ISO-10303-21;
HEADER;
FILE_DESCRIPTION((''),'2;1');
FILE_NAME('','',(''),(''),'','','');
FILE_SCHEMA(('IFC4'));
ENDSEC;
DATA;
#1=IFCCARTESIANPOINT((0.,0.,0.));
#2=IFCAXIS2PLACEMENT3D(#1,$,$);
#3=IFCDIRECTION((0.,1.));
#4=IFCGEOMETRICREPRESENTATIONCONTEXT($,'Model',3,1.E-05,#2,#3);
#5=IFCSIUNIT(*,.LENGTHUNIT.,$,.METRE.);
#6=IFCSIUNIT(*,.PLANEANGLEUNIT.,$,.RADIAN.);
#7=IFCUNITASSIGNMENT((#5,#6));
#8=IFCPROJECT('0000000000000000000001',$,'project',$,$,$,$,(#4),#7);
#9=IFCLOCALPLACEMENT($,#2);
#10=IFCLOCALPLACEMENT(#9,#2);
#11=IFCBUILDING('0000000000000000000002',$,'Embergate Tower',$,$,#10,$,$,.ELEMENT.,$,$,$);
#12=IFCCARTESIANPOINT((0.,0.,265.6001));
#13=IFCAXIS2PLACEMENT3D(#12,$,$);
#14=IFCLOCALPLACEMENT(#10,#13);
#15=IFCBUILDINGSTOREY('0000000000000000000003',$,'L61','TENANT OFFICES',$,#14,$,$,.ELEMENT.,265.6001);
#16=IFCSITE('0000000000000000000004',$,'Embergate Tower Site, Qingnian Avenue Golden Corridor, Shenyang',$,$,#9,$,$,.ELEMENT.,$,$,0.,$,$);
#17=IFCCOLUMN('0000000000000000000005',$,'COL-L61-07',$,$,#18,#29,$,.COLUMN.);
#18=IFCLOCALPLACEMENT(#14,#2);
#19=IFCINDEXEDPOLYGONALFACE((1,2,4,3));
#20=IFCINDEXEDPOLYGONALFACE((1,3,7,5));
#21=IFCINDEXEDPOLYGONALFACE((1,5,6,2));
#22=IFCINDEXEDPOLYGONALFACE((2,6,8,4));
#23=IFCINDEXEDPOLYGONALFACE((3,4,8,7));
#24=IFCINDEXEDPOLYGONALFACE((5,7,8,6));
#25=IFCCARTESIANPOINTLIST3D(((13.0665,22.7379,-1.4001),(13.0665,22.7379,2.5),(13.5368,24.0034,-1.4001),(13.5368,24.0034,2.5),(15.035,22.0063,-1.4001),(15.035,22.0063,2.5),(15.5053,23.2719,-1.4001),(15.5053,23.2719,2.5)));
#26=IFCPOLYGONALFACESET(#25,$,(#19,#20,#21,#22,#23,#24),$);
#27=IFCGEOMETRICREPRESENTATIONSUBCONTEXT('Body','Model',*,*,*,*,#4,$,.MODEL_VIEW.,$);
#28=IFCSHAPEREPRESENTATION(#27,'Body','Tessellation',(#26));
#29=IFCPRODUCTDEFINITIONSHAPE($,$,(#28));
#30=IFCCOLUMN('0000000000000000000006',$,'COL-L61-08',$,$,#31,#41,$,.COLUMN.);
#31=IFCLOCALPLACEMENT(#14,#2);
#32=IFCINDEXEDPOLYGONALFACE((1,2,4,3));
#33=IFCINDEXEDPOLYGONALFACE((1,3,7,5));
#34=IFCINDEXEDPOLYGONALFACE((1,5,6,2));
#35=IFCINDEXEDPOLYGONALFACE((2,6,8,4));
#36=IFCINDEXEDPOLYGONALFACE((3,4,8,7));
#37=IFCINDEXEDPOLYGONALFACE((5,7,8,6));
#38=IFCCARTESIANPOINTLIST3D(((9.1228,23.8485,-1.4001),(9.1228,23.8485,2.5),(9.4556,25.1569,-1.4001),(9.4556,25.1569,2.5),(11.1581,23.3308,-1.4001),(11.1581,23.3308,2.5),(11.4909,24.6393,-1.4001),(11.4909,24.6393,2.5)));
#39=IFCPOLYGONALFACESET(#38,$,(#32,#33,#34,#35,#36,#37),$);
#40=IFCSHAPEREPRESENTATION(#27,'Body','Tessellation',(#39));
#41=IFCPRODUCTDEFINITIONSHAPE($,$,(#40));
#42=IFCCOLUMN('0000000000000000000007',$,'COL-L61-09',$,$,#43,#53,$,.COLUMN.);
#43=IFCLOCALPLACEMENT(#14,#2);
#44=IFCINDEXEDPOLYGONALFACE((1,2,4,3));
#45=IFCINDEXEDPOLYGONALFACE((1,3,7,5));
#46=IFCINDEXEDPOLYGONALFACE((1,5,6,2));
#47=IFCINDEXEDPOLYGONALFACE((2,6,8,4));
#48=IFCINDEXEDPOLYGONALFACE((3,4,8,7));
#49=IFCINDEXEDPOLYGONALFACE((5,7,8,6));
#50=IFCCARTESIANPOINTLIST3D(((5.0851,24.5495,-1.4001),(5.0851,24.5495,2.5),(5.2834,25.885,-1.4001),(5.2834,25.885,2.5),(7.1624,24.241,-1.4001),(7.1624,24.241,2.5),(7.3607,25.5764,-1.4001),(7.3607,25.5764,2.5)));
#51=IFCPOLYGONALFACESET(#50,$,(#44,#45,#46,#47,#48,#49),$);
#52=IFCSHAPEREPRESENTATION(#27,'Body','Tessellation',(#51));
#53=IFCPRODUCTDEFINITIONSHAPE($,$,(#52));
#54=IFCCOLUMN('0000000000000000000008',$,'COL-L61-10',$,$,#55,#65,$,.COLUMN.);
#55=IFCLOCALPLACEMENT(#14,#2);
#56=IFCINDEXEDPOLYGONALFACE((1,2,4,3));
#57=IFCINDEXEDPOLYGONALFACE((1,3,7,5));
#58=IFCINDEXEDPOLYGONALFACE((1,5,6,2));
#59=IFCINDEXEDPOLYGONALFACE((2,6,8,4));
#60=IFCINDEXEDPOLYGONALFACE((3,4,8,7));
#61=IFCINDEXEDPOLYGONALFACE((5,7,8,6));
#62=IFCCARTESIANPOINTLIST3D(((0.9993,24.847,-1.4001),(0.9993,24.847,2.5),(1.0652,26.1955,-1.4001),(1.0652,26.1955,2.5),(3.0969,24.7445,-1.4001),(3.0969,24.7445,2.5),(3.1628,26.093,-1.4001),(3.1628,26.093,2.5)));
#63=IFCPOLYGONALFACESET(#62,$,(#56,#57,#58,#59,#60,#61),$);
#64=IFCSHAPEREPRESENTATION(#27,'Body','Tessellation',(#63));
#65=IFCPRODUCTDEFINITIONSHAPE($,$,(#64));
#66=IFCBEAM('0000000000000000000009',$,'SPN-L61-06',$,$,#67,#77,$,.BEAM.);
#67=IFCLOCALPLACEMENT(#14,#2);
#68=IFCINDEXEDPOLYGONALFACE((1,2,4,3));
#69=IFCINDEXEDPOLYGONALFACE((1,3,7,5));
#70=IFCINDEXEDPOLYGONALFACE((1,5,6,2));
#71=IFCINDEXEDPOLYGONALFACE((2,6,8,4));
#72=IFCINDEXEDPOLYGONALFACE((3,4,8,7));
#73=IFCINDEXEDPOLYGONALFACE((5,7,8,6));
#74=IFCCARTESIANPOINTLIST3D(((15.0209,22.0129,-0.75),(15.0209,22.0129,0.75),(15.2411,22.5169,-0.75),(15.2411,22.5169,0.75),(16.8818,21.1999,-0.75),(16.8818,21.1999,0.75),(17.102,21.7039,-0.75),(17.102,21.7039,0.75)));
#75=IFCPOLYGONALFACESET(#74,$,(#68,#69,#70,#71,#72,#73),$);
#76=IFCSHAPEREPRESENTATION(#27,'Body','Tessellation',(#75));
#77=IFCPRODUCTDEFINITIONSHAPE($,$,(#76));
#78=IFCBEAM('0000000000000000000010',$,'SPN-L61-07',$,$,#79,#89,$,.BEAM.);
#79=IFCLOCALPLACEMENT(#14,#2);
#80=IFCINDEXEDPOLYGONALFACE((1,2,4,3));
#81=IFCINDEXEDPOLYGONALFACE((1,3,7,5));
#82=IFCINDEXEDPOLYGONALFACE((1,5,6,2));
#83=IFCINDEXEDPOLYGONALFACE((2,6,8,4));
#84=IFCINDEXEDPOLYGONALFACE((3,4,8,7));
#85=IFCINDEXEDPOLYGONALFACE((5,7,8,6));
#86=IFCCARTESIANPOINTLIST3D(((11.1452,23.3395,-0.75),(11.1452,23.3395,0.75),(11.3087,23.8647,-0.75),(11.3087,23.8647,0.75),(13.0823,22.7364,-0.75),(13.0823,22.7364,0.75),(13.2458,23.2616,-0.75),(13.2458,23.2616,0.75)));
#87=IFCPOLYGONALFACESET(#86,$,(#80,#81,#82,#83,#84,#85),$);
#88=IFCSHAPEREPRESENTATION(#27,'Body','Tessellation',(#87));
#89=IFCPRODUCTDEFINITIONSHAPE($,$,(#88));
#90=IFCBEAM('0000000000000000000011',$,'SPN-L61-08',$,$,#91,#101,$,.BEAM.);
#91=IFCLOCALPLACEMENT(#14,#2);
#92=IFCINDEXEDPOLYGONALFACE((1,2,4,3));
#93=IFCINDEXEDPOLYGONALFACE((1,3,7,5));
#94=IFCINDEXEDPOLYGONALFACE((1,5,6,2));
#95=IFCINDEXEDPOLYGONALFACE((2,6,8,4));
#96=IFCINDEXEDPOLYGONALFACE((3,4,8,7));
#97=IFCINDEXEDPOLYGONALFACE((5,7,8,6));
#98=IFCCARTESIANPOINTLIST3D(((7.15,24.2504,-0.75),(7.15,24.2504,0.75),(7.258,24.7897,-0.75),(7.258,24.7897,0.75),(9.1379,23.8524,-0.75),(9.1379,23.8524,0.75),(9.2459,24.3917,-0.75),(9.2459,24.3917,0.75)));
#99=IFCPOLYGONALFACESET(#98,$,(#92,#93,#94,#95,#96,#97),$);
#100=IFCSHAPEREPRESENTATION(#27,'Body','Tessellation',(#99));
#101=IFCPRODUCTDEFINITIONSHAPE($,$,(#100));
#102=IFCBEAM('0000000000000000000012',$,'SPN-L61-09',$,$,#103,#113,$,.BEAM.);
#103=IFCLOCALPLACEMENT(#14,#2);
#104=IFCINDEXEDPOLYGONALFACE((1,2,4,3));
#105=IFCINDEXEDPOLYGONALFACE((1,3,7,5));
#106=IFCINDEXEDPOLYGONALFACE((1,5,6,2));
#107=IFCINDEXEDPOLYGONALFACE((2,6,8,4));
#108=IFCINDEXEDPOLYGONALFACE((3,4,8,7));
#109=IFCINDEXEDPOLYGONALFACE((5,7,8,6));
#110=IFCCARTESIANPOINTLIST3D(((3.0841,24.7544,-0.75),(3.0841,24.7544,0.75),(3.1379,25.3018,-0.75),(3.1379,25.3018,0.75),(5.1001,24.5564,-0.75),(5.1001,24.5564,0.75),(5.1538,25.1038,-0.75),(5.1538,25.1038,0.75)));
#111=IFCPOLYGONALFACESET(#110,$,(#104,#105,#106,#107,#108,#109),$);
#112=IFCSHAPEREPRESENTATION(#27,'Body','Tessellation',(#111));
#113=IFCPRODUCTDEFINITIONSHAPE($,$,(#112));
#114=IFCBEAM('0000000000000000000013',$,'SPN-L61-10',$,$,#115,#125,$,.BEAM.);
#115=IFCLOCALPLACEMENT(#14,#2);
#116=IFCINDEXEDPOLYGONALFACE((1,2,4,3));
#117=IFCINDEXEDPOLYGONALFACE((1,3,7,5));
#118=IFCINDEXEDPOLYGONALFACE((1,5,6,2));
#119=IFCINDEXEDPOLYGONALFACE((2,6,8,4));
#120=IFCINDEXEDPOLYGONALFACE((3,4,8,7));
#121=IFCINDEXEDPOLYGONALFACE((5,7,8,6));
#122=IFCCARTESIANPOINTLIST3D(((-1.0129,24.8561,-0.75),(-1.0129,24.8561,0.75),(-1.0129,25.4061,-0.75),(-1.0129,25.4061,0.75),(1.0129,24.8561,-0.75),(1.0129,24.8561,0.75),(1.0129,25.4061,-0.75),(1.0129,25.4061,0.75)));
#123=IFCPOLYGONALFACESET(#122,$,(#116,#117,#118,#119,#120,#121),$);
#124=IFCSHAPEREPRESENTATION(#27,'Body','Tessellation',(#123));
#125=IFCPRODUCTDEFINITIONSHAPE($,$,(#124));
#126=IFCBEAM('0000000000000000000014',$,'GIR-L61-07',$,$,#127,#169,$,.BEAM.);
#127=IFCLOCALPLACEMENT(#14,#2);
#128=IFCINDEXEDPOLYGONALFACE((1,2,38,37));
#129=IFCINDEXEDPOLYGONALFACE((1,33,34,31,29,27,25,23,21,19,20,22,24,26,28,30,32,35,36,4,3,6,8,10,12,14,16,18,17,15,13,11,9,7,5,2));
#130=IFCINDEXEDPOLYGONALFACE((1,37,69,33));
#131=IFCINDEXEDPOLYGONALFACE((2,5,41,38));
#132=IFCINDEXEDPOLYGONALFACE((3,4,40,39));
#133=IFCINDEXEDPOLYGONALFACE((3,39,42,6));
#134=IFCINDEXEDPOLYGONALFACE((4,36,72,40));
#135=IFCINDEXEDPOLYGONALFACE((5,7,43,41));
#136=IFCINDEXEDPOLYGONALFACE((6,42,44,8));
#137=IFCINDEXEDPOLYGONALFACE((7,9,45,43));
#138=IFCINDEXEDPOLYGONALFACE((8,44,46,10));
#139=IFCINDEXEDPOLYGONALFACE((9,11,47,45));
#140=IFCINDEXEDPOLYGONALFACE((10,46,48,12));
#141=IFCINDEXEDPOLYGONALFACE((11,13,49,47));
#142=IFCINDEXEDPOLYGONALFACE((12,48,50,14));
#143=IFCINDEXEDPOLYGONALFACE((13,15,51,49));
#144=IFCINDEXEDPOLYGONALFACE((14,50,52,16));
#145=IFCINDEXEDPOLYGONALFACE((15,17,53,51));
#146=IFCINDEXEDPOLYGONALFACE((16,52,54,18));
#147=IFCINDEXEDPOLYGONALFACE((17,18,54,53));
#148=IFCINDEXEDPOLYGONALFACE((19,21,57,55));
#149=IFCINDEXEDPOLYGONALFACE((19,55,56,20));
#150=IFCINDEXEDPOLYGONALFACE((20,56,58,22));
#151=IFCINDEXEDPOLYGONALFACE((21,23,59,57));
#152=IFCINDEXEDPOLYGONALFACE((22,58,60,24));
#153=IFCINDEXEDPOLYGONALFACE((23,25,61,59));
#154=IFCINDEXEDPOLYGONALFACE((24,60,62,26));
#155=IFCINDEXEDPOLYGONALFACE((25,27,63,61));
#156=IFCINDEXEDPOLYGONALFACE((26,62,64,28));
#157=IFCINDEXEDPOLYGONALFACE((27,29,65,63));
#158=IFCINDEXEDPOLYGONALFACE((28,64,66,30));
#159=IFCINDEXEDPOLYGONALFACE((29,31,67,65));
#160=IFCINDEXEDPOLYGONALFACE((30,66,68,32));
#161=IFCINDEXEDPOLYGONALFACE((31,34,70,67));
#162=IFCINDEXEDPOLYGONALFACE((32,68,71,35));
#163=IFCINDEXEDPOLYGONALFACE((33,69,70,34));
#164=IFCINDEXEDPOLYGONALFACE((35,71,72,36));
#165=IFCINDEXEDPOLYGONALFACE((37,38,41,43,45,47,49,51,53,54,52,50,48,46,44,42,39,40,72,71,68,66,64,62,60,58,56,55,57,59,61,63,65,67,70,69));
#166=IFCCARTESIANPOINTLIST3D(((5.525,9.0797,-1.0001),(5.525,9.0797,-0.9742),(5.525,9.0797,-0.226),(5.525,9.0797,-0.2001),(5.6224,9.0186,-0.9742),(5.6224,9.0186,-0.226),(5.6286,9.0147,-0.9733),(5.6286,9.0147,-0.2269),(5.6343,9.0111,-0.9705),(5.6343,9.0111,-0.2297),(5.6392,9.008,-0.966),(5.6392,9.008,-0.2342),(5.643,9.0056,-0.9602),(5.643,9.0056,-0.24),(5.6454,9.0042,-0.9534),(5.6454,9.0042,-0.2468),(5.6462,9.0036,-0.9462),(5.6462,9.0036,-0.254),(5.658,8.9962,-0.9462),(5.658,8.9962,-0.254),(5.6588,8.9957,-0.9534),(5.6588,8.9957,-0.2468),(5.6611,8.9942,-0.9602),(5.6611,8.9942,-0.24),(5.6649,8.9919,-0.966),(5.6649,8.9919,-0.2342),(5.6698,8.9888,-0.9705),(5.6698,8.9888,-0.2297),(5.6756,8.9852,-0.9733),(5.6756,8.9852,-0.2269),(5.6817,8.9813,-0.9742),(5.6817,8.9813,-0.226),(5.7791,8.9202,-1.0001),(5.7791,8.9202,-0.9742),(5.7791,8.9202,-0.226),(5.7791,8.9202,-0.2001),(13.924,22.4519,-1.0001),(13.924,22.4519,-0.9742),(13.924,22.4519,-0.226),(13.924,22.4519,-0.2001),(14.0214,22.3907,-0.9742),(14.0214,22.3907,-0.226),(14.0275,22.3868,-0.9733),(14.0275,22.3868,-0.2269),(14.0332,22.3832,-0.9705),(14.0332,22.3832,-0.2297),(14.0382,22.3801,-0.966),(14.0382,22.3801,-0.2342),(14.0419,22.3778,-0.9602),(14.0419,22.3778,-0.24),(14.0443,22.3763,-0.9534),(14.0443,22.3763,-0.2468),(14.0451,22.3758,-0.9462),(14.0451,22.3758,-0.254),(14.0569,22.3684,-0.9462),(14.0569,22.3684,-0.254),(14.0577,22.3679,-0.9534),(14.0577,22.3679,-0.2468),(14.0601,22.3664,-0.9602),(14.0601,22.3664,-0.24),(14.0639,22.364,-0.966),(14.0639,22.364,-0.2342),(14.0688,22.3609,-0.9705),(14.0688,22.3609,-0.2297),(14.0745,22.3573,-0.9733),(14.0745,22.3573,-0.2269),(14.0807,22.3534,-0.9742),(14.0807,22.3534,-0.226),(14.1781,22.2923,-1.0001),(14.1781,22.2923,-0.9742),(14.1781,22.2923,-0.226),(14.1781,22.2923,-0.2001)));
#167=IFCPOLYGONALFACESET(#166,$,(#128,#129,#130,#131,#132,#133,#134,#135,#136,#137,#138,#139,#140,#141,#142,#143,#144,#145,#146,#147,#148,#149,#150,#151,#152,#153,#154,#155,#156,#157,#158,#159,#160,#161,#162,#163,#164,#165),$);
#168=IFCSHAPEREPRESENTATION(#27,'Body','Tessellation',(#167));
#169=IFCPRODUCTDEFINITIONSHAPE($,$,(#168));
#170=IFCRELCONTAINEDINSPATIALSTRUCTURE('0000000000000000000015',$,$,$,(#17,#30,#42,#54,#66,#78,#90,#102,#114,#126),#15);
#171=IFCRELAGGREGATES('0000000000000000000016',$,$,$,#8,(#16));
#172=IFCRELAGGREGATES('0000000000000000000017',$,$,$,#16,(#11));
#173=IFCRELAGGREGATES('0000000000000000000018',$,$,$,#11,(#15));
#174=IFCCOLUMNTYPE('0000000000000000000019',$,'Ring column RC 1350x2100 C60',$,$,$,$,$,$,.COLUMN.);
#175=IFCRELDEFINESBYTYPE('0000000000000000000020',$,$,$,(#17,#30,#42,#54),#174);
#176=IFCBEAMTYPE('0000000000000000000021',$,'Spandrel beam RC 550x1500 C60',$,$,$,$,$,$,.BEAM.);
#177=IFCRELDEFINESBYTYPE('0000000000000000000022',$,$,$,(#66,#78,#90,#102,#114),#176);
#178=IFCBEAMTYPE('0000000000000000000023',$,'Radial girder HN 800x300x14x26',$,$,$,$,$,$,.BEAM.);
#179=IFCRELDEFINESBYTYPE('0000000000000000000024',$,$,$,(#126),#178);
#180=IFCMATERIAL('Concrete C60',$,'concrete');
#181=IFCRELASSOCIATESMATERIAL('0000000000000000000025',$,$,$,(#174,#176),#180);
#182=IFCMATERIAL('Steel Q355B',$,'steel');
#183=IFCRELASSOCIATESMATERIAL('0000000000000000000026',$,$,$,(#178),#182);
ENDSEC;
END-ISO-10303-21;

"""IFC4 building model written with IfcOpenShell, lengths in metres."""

from ifc_helpers import new_model, si_unit, direction, frame, origin, origin_2d, place, context, subcontext, project, spatial, rectangle, i_section, extrude, source, transform, mapped, material, material_profile, profile_set, type_object, element, save


model = new_model("IFC4")

# Units and contexts
model_context = context("Model", 3, precision=1e-05, world=origin(), true_north=direction((0.0, 1.0)))
body_context = subcontext(model_context, "Body", "Model", "MODEL_VIEW")
ifc_project = project(units=[si_unit("LENGTHUNIT", "METRE"), si_unit("PLANEANGLEUNIT", "RADIAN")], contexts=[model_context])

# Site, building, storey
site_placement = place(None, origin())
site = spatial("IfcSite", under=ifc_project, at=site_placement, Name="Embergate Tower Site, Qingnian Avenue Golden Corridor, Shenyang", CompositionType="ELEMENT", RefElevation=0.0)
building_placement = place(site_placement, origin())
building = spatial("IfcBuilding", under=site, at=building_placement, Name="Embergate Tower", CompositionType="ELEMENT")
storey_placement = place(building_placement, frame((0.0, 0.0, 265.6001)))
storey = spatial("IfcBuildingStorey", under=building, at=storey_placement, Name="L61", Description="TENANT OFFICES", CompositionType="ELEMENT", Elevation=265.6001)

# Columns
ifc_material_1 = material(Name="Concrete C60", Category="concrete")
ifc_material_profile_1 = material_profile(ifc_material_1, rectangle(XDim=1.3501, YDim=2.1001, at=origin_2d()), Name="RC 1350x2100")
ifc_profile_set_1 = profile_set([ifc_material_profile_1], Name="Concrete C60")
column_type = type_object("IfcColumnType", Name="Ring column RC 1350x2100 C60", PredefinedType="COLUMN", material=ifc_profile_set_1)
shared_shape_1 = source(origin(), body_context, "Body", "SweptSolid", [
    extrude(rectangle(XDim=1.3501, YDim=2.1001, at=origin_2d()), origin(), (0.0, 0.0, 1.0), 3.9001),
])
for number, where, z_axis, x_axis, name in (
    (1, (14.2859, 23.0049, -1.4001), (0.0, 0.0, 1.0), (0.348343, 0.937367, 0.0), "COL-L61-07"),
    (2, (10.3069, 24.2439, -1.4001), (0.0, 0.0, 1.0), (0.246492, 0.969145, 0.0), "COL-L61-08"),
    (3, (6.2229, 25.063, -1.4001), (0.0, 0.0, 1.0), (0.146929, 0.989147, 0.0), "COL-L61-09"),
    (4, (2.0811, 25.47, -1.4001), (0.0, 0.0, 1.0), (0.048815, 0.998808, 0.0), "COL-L61-10"),
):
    element("IfcColumn", number, at=place(storey_placement, frame(where, z_axis=z_axis, x_axis=x_axis)), inside=storey, type_object=column_type, Name=name, PredefinedType="COLUMN", context=body_context, shape_type="MappedRepresentation", body=[
        mapped(shared_shape_1, transform((0.0, 0.0, 0.0))),
    ])

# Beams
ifc_material_profile_2 = material_profile(ifc_material_1, rectangle(XDim=0.55, YDim=1.5, at=origin_2d()), Name="RC 550x1500")
ifc_profile_set_2 = profile_set([ifc_material_profile_2], Name="Concrete C60")
beam_type_1 = type_object("IfcBeamType", Name="Spandrel beam RC 550x1500 C60", PredefinedType="BEAM", material=ifc_profile_set_2)
shared_shape_2 = source(origin(), body_context, "Body", "SweptSolid", [
    extrude(rectangle(XDim=0.55, YDim=1.5, at=origin_2d()), origin(), (0.0, 0.0, 1.0), 2.0308),
])
beam_1_placement = place(storey_placement, frame((16.9919, 21.4519, 0.0), z_axis=(-0.916361, 0.400352, 0.0), x_axis=(-0.400352, -0.916361, 0.0)))
element("IfcBeam", 5, at=beam_1_placement, inside=storey, type_object=beam_type_1, Name="SPN-L61-06", PredefinedType="BEAM", context=body_context, shape_type="MappedRepresentation", body=[
    mapped(shared_shape_2, transform((0.0, 0.0, 0.0))),
])
shared_shape_3 = source(origin(), body_context, "Body", "SweptSolid", [
    extrude(rectangle(XDim=0.55, YDim=1.5, at=origin_2d()), origin(), (0.0, 0.0, 1.0), 2.0288),
])
beam_2_placement = place(storey_placement, frame((13.1641, 22.999, 0.0), z_axis=(-0.954801, 0.297247, 0.0), x_axis=(-0.297247, -0.954801, 0.0)))
element("IfcBeam", 6, at=beam_2_placement, inside=storey, type_object=beam_type_1, Name="SPN-L61-07", PredefinedType="BEAM", context=body_context, shape_type="MappedRepresentation", body=[
    mapped(shared_shape_3, transform((0.0, 0.0, 0.0))),
])
shared_shape_4 = source(origin(), body_context, "Body", "SweptSolid", [
    extrude(rectangle(XDim=0.55, YDim=1.5, at=origin_2d()), origin(), (0.0, 0.0, 1.0), 2.0273),
])
beam_3_placement = place(storey_placement, frame((9.1919, 24.1221, 0.0), z_axis=(-0.980544, 0.196301, 0.0), x_axis=(-0.196301, -0.980544, 0.0)))
element("IfcBeam", 7, at=beam_3_placement, inside=storey, type_object=beam_type_1, Name="SPN-L61-08", PredefinedType="BEAM", context=body_context, shape_type="MappedRepresentation", body=[
    mapped(shared_shape_4, transform((0.0, 0.0, 0.0))),
])
shared_shape_5 = source(origin(), body_context, "Body", "SweptSolid", [
    extrude(rectangle(XDim=0.55, YDim=1.5, at=origin_2d()), origin(), (0.0, 0.0, 1.0), 2.0256),
])
beam_4_placement = place(storey_placement, frame((5.127, 24.8301, 0.0), z_axis=(-0.995211, 0.097749, 0.0), x_axis=(-0.097749, -0.995211, 0.0)))
element("IfcBeam", 8, at=beam_4_placement, inside=storey, type_object=beam_type_1, Name="SPN-L61-09", PredefinedType="BEAM", context=body_context, shape_type="MappedRepresentation", body=[
    mapped(shared_shape_5, transform((0.0, 0.0, 0.0))),
])
shared_shape_6 = source(origin(), body_context, "Body", "SweptSolid", [
    extrude(rectangle(XDim=0.55, YDim=1.5, at=origin_2d()), origin(), (0.0, 0.0, 1.0), 2.0259),
])
beam_5_placement = place(storey_placement, frame((1.0129, 25.1311, 0.0), z_axis=(-1.0, 0.0, 0.0), x_axis=(0.0, -1.0, 0.0)))
element("IfcBeam", 9, at=beam_5_placement, inside=storey, type_object=beam_type_1, Name="SPN-L61-10", PredefinedType="BEAM", context=body_context, shape_type="MappedRepresentation", body=[
    mapped(shared_shape_6, transform((0.0, 0.0, 0.0))),
])
ifc_material_2 = material(Name="Steel Q355B", Category="steel")
ifc_material_profile_3 = material_profile(ifc_material_2, i_section(OverallWidth=0.3, OverallDepth=0.8, WebThickness=0.0139, FlangeThickness=0.0259, FilletRadius=0.0281, at=origin_2d()), Name="HN 800x300x14x26")
ifc_profile_set_3 = profile_set([ifc_material_profile_3], Name="Steel Q355 grade B")
beam_type_2 = type_object("IfcBeamType", Name="Radial girder HN 800x300x14x26", PredefinedType="BEAM", material=ifc_profile_set_3)
shared_shape_7 = source(origin(), body_context, "Body", "SweptSolid", [
    extrude(i_section(OverallWidth=0.3, OverallDepth=0.8, WebThickness=0.0139, FlangeThickness=0.0259, FilletRadius=0.0281, at=origin_2d()), origin(), (0.0, 0.0, 1.0), 15.791),
])
beam_6_placement = place(storey_placement, frame((14.051, 22.3721, -0.6001), z_axis=(-0.531882, -0.846818, 0.0), x_axis=(0.846818, -0.531882, 0.0)))
element("IfcBeam", 10, at=beam_6_placement, inside=storey, type_object=beam_type_2, Name="GIR-L61-07", PredefinedType="BEAM", context=body_context, shape_type="MappedRepresentation", body=[
    mapped(shared_shape_7, transform((0.0, 0.0, 0.0))),
])

save(model, "model.ifc")
